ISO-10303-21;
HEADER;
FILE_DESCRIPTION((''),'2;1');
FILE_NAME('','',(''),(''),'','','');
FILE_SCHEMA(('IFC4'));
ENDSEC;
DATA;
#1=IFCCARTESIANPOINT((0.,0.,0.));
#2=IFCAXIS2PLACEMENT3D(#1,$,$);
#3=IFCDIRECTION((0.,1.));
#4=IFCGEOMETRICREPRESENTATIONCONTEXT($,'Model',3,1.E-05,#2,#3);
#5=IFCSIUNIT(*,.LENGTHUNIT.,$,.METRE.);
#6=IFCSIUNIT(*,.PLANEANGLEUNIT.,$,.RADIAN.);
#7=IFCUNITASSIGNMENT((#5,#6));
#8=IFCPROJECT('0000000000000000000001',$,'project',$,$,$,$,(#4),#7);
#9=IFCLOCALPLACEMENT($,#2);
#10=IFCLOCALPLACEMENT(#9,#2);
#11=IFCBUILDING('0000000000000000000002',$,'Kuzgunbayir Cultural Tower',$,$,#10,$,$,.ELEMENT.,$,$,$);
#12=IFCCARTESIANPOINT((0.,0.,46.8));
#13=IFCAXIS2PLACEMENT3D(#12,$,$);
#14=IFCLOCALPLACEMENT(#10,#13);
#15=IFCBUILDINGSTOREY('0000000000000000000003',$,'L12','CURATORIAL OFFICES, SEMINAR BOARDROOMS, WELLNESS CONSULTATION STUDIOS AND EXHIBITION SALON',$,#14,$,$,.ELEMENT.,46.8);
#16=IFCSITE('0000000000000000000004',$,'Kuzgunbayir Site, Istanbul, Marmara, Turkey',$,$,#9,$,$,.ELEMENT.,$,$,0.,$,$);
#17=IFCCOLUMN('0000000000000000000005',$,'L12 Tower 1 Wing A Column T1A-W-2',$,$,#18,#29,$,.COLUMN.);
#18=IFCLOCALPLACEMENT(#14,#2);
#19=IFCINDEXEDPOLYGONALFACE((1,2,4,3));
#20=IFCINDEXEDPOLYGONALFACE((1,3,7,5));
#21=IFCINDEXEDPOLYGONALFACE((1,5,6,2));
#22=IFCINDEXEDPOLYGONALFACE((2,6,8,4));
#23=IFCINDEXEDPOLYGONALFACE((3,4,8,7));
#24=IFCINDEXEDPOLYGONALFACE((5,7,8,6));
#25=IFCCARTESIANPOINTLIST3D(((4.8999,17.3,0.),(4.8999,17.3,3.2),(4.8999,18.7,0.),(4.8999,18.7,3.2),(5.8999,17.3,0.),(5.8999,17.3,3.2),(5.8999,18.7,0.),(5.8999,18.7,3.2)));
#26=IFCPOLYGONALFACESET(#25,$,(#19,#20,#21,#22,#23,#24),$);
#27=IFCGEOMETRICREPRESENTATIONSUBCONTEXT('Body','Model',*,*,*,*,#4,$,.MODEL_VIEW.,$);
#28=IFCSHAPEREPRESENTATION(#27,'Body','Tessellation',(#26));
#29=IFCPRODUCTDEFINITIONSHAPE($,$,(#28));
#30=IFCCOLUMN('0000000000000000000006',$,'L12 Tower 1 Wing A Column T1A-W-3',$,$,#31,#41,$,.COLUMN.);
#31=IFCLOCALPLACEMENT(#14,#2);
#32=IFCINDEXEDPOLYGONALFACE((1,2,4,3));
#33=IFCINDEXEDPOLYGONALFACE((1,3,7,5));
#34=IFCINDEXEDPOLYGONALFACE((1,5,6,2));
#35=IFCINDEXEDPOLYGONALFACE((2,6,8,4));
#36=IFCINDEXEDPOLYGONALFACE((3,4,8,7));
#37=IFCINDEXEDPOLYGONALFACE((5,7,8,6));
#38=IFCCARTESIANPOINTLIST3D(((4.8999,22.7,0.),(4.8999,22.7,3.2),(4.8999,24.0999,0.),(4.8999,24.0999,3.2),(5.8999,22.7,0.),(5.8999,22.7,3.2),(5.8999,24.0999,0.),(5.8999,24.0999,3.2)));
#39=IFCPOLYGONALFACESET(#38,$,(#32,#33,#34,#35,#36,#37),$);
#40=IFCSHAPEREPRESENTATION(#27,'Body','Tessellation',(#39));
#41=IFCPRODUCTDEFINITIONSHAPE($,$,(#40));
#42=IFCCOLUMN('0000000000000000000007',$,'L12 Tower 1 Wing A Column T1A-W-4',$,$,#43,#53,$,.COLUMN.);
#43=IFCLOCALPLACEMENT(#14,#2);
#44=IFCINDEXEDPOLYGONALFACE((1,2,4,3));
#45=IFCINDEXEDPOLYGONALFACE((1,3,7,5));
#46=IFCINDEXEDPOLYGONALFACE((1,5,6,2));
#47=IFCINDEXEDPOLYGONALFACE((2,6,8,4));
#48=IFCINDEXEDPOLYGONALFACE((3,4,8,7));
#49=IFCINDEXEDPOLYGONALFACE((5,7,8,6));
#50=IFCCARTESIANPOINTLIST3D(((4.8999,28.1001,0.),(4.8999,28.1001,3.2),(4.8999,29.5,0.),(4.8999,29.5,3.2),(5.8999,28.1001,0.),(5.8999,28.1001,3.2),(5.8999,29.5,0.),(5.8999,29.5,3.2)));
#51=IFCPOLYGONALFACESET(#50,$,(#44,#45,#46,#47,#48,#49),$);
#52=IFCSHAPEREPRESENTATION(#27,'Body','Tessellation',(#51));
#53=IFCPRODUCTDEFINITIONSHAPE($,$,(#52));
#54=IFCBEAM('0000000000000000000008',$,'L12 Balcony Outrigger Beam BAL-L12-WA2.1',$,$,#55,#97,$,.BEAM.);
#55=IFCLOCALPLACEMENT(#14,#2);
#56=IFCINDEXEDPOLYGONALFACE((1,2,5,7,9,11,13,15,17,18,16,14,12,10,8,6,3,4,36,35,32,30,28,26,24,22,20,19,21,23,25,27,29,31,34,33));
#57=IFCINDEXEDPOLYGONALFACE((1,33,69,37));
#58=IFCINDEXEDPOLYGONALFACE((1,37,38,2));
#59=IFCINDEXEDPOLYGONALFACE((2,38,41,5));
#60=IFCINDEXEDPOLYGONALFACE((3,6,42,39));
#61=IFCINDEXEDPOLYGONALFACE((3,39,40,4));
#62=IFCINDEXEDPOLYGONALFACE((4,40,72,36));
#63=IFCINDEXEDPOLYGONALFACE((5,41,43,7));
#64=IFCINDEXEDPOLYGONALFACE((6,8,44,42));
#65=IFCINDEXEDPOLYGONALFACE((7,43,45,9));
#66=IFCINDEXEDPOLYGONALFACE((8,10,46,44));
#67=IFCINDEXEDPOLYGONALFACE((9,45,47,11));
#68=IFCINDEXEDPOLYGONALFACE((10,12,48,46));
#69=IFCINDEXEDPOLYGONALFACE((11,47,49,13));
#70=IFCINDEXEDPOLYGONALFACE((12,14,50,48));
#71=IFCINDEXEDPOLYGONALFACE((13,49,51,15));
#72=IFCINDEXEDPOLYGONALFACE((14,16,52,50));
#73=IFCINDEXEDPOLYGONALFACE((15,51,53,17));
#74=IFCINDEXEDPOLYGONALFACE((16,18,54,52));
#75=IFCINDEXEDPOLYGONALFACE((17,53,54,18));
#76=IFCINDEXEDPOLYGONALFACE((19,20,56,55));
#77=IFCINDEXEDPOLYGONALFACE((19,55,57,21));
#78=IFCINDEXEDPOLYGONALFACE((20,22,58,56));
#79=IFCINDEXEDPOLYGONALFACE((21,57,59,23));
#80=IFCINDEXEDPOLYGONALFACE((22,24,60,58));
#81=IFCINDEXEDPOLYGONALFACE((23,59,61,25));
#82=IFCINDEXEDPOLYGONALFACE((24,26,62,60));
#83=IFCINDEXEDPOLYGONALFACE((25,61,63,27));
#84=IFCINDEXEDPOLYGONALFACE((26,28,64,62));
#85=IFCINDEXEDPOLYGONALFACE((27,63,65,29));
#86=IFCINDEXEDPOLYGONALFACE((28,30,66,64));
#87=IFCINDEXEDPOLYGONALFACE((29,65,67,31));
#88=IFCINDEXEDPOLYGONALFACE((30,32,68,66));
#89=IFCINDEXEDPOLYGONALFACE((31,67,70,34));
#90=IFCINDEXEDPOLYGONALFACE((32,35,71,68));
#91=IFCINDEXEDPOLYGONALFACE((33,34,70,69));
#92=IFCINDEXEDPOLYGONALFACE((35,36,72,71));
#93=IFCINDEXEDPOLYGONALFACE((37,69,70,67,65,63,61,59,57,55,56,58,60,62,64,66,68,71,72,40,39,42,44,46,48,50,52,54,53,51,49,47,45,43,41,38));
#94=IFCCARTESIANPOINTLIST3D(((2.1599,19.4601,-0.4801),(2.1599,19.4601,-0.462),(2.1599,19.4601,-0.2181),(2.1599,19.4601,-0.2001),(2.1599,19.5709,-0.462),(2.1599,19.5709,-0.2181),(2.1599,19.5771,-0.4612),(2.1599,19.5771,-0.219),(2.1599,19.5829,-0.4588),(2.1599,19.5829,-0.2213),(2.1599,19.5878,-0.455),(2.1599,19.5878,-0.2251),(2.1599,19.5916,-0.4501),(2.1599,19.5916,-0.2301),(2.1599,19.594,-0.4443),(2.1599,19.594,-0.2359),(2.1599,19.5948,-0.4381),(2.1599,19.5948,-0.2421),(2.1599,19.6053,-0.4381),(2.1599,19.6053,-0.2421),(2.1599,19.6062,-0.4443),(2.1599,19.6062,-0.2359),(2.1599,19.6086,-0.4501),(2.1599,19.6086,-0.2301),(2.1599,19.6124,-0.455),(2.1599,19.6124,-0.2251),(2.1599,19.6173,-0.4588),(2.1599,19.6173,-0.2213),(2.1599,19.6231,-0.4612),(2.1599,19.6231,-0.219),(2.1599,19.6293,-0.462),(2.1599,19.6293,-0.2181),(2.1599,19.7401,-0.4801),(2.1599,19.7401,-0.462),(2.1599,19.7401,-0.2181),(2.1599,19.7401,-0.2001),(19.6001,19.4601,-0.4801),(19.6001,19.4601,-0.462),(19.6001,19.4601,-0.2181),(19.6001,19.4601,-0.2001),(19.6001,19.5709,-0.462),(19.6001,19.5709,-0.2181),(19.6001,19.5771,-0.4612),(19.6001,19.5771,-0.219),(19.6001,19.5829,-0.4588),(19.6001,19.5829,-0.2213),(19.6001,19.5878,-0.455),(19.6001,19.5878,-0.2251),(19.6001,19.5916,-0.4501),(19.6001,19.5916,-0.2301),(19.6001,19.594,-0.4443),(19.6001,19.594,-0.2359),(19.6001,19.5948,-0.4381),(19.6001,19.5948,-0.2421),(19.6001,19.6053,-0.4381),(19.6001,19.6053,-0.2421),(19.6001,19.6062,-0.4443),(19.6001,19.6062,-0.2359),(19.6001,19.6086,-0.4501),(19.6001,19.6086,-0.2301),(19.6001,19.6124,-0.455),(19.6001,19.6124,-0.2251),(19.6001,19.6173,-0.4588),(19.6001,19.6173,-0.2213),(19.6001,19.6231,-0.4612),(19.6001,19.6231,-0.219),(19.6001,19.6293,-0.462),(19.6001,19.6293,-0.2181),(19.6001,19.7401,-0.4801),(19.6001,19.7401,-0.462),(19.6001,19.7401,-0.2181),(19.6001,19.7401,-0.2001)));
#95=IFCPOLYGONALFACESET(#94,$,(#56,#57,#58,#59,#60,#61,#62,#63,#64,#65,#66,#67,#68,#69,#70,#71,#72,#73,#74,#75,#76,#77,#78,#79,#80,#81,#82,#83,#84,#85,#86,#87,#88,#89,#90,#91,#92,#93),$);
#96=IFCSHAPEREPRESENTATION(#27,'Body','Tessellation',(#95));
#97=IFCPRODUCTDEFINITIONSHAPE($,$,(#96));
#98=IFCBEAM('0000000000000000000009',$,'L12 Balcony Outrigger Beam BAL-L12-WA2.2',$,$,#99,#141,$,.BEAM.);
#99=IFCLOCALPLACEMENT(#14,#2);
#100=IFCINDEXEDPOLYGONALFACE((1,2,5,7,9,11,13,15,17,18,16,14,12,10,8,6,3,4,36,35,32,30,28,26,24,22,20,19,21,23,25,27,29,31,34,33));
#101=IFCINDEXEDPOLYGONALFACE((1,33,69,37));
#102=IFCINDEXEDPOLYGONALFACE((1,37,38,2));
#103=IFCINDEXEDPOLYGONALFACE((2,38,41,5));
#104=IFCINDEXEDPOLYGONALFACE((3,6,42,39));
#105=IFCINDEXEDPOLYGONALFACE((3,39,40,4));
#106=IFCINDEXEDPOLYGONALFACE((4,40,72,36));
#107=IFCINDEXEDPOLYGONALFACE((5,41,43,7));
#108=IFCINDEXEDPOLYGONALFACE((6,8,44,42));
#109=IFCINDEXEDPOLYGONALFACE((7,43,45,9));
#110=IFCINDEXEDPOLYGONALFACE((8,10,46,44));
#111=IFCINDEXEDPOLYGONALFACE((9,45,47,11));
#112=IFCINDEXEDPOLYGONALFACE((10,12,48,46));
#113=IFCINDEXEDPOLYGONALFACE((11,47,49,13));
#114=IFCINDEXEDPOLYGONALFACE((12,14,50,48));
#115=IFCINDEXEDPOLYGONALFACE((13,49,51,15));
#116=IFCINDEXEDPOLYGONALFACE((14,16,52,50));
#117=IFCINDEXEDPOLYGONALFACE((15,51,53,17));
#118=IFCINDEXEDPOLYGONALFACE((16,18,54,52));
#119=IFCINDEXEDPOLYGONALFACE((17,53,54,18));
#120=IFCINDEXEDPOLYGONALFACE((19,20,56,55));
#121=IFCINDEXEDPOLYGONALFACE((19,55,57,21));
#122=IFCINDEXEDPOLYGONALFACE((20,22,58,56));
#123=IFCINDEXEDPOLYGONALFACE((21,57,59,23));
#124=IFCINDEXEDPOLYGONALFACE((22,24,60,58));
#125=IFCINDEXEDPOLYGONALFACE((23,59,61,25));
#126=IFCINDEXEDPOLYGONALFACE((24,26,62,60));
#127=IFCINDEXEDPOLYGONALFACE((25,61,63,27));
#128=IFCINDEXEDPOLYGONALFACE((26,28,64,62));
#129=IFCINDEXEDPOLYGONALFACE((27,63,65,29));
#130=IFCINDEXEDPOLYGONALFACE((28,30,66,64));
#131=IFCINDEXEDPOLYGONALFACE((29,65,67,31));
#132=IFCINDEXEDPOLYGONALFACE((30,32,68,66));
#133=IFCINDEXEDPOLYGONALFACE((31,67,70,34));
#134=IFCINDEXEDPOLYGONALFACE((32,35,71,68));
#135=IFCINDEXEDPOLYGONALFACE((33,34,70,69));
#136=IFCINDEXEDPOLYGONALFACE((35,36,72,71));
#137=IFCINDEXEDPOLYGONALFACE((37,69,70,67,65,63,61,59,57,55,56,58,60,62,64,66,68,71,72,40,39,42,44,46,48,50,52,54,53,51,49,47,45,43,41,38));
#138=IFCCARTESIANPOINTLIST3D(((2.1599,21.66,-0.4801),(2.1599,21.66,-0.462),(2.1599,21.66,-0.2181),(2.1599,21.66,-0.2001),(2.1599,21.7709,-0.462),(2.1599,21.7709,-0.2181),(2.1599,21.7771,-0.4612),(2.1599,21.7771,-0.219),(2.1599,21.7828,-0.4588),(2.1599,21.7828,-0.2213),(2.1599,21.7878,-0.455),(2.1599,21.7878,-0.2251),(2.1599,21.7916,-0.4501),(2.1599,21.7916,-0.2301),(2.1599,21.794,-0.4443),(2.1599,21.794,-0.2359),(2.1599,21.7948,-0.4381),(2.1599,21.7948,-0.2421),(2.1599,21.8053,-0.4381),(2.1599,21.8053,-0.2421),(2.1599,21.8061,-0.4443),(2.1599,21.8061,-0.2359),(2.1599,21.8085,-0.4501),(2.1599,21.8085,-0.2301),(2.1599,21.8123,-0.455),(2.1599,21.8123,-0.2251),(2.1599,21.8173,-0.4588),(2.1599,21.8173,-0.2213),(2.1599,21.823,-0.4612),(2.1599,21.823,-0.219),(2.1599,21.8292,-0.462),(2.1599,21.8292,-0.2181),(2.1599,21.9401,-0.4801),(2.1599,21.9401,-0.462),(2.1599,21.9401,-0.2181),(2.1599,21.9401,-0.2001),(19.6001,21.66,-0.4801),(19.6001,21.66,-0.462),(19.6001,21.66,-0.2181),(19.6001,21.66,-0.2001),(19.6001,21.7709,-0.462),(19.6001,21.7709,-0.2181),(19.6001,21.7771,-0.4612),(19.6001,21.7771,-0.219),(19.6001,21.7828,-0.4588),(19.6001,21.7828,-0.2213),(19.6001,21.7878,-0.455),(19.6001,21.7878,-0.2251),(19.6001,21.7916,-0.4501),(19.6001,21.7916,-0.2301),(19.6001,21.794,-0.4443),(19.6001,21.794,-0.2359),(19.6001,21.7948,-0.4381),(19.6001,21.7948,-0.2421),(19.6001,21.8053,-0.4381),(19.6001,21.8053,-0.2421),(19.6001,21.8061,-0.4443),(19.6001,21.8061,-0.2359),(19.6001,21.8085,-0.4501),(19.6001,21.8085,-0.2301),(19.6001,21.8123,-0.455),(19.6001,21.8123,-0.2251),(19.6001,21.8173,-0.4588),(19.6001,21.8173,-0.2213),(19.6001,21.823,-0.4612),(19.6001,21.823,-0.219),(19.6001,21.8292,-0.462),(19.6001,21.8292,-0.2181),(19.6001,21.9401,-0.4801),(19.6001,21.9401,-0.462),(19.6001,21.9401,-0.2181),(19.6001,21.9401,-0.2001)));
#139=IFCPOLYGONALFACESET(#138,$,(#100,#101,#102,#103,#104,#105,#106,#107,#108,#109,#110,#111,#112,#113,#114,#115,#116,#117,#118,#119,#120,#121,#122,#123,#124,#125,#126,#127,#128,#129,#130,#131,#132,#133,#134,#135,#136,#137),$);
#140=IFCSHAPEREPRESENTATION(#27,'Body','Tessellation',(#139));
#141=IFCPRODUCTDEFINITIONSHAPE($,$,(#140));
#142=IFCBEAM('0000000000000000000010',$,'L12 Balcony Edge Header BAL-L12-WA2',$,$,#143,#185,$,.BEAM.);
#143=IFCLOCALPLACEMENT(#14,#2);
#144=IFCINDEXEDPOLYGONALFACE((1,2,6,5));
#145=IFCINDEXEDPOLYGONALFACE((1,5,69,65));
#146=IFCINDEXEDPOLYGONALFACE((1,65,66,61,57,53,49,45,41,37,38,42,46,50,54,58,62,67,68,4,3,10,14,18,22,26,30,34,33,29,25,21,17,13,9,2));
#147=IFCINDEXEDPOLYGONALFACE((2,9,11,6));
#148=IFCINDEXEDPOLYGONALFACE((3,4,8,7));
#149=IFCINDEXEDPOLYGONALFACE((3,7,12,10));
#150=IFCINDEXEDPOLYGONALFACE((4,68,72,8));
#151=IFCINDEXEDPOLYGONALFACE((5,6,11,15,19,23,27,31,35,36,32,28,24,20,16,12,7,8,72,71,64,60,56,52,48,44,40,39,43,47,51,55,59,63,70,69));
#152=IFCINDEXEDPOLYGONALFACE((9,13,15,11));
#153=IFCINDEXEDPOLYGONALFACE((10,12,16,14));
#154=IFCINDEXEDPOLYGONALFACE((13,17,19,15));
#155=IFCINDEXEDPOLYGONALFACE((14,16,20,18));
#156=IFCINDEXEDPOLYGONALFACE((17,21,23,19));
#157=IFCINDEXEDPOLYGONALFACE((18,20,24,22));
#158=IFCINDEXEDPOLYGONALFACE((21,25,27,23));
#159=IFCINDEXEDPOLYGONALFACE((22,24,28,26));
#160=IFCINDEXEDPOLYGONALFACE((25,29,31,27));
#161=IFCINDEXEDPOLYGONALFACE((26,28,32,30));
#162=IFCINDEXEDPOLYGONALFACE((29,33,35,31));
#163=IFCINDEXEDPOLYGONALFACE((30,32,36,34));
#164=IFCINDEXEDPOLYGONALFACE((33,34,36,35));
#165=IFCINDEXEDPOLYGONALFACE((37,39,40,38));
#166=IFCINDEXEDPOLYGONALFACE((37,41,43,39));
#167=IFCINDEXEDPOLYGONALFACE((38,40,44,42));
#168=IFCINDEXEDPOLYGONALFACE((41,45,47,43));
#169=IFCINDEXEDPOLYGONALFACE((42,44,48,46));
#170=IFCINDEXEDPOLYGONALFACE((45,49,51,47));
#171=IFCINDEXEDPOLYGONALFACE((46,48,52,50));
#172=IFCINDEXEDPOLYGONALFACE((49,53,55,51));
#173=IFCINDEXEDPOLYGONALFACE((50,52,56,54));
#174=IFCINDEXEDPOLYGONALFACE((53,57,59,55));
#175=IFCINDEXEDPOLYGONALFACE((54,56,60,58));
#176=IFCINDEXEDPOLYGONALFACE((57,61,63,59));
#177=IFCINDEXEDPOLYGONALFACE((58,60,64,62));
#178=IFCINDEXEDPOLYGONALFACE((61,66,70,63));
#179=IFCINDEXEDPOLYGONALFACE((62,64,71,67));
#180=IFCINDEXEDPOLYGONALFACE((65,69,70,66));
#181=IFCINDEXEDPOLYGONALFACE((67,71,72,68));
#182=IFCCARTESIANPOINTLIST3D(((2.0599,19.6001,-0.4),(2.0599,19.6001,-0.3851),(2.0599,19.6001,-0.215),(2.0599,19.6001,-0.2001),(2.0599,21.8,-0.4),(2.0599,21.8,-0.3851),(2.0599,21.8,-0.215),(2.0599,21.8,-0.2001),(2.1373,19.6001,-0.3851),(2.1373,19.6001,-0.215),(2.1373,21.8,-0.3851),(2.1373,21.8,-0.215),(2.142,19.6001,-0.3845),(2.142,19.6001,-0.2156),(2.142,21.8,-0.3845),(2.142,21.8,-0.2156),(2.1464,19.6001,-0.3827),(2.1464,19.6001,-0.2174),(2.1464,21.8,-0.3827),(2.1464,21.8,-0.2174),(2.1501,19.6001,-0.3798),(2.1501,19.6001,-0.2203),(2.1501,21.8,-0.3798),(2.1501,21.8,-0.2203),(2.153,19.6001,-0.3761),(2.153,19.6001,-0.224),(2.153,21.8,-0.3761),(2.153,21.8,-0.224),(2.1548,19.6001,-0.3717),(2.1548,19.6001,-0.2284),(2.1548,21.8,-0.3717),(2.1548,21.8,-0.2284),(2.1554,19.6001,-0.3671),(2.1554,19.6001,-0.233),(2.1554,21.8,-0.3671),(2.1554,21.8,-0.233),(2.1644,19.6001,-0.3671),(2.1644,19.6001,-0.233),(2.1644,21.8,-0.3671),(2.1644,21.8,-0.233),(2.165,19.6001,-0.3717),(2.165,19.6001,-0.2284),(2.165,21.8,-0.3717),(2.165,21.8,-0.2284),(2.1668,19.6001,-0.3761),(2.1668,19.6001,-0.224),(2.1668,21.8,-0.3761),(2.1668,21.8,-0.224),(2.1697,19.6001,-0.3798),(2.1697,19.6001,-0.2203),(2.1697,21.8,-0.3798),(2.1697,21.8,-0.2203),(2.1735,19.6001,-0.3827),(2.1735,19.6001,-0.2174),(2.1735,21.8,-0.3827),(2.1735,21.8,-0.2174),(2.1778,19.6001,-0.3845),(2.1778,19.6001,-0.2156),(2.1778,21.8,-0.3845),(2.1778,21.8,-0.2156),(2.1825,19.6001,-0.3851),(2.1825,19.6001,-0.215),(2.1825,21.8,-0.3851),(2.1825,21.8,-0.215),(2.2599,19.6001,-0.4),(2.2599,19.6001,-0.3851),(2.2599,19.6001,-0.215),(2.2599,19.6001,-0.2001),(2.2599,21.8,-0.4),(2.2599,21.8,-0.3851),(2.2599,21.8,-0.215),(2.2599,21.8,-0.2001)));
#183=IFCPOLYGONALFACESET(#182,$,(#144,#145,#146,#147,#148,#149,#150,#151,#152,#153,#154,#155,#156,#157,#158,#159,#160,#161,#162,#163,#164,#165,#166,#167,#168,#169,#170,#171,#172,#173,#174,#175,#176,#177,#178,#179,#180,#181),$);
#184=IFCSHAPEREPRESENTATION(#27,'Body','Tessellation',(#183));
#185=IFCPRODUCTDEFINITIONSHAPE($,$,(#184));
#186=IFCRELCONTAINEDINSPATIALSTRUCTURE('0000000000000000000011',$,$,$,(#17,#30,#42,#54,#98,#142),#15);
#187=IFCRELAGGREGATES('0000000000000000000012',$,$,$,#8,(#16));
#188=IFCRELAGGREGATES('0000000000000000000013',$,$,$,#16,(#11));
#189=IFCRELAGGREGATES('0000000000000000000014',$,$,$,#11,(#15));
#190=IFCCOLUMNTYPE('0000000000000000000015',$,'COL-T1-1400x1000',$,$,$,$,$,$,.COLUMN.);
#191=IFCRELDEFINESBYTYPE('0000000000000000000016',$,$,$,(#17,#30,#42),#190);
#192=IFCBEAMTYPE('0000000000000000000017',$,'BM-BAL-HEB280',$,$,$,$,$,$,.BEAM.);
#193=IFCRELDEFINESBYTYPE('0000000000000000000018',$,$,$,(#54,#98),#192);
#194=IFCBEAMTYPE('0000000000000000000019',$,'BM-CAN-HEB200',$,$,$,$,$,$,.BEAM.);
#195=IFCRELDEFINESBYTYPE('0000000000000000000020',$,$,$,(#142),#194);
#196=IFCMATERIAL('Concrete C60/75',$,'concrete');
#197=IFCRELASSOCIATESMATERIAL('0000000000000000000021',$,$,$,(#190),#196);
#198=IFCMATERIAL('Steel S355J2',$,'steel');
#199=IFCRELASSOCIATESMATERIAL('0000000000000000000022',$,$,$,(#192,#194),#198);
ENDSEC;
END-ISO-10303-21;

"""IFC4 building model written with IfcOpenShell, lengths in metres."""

from ifc_helpers import new_model, si_unit, direction, frame, origin, origin_2d, place, context, subcontext, project, spatial, rectangle, i_section, extrude, material, material_profile, profile_set, type_object, element, save


model = new_model("IFC4")

# Units and contexts
model_context = context("Model", 3, precision=1e-05, world=origin(), true_north=direction((0.0, 1.0)))
body_context = subcontext(model_context, "Body", "Model", "MODEL_VIEW")
ifc_project = project(units=[si_unit("LENGTHUNIT", "METRE"), si_unit("PLANEANGLEUNIT", "RADIAN")], contexts=[model_context])

# Site, building, storey
site_placement = place(None, origin())
site = spatial("IfcSite", under=ifc_project, at=site_placement, Name="Kuzgunbayir Site, Istanbul, Marmara, Turkey", CompositionType="ELEMENT", RefElevation=0.0)
building_placement = place(site_placement, origin())
building = spatial("IfcBuilding", under=site, at=building_placement, Name="Kuzgunbayir Cultural Tower", CompositionType="ELEMENT")
storey_placement = place(building_placement, frame((0.0, 0.0, 46.8)))
storey = spatial("IfcBuildingStorey", under=building, at=storey_placement, Name="L12", Description="CURATORIAL OFFICES, SEMINAR BOARDROOMS, WELLNESS CONSULTATION STUDIOS AND EXHIBITION SALON", CompositionType="ELEMENT", Elevation=46.8)

# Columns
ifc_material_1 = material(Name="Concrete C60/75", Category="concrete")
ifc_material_profile_1 = material_profile(ifc_material_1, rectangle(XDim=1.0, YDim=1.3999, at=origin_2d()), Name="RC 1400x1000")
ifc_profile_set_1 = profile_set([ifc_material_profile_1], Name="Concrete C60/75")
column_type = type_object("IfcColumnType", Name="COL-T1-1400x1000", PredefinedType="COLUMN", material=ifc_profile_set_1)
for number, where, z_axis, x_axis, name in (
    (1, (5.3999, 18.0, 0.0), (0.0, 0.0, 1.0), (1.0, 0.0, 0.0), "L12 Tower 1 Wing A Column T1A-W-2"),
    (2, (5.3999, 23.3999, 0.0), (0.0, 0.0, 1.0), (1.0, 0.0, 0.0), "L12 Tower 1 Wing A Column T1A-W-3"),
    (3, (5.3999, 28.8, 0.0), (0.0, 0.0, 1.0), (1.0, 0.0, 0.0), "L12 Tower 1 Wing A Column T1A-W-4"),
):
    element("IfcColumn", number, at=place(storey_placement, frame(where, z_axis=z_axis, x_axis=x_axis)), inside=storey, type_object=column_type, Name=name, PredefinedType="COLUMN", context=body_context, shape_type="SweptSolid", body=[
        extrude(rectangle(XDim=1.0, YDim=1.3999, at=origin_2d()), origin(), (0.0, 0.0, 1.0), 3.2),
    ])

# Beams
ifc_material_2 = material(Name="Steel S355J2", Category="steel")
ifc_material_profile_2 = material_profile(ifc_material_2, i_section(OverallWidth=0.28, OverallDepth=0.28, WebThickness=0.0105, FlangeThickness=0.0181, FilletRadius=0.0239, at=origin_2d()), Name="HEB 280")
ifc_profile_set_2 = profile_set([ifc_material_profile_2], Name="Steel S355J2")
beam_type_1 = type_object("IfcBeamType", Name="BM-BAL-HEB280", PredefinedType="BEAM", material=ifc_profile_set_2)
for number, where, z_axis, x_axis, name in (
    (4, (2.1599, 19.6001, -0.3401), (1.0, 0.0, 0.0), (0.0, 1.0, 0.0), "L12 Balcony Outrigger Beam BAL-L12-WA2.1"),
    (5, (2.1599, 21.8, -0.3401), (1.0, 0.0, 0.0), (0.0, 1.0, 0.0), "L12 Balcony Outrigger Beam BAL-L12-WA2.2"),
):
    element("IfcBeam", number, at=place(storey_placement, frame(where, z_axis=z_axis, x_axis=x_axis)), inside=storey, type_object=beam_type_1, Name=name, PredefinedType="BEAM", context=body_context, shape_type="SweptSolid", body=[
        extrude(i_section(OverallWidth=0.28, OverallDepth=0.28, WebThickness=0.0105, FlangeThickness=0.0181, FilletRadius=0.0239, at=origin_2d()), origin(), (0.0, 0.0, 1.0), 17.4402),
    ])
ifc_material_profile_3 = material_profile(ifc_material_2, i_section(OverallWidth=0.2, OverallDepth=0.2, WebThickness=0.009, FlangeThickness=0.0149, FilletRadius=0.0181, at=origin_2d()), Name="HEB 200")
ifc_profile_set_3 = profile_set([ifc_material_profile_3], Name="Steel S355J2")
beam_type_2 = type_object("IfcBeamType", Name="BM-CAN-HEB200", PredefinedType="BEAM", material=ifc_profile_set_3)
beam_1_placement = place(storey_placement, frame((2.1599, 19.6001, -0.3), z_axis=(0.0, 1.0, 0.0), x_axis=(-1.0, 0.0, 0.0)))
element("IfcBeam", 6, at=beam_1_placement, inside=storey, type_object=beam_type_2, Name="L12 Balcony Edge Header BAL-L12-WA2", PredefinedType="BEAM", context=body_context, shape_type="SweptSolid", body=[
    extrude(i_section(OverallWidth=0.2, OverallDepth=0.2, WebThickness=0.009, FlangeThickness=0.0149, FilletRadius=0.0181, at=origin_2d()), origin(), (0.0, 0.0, 1.0), 2.2),
])

save(model, "model.ifc")
